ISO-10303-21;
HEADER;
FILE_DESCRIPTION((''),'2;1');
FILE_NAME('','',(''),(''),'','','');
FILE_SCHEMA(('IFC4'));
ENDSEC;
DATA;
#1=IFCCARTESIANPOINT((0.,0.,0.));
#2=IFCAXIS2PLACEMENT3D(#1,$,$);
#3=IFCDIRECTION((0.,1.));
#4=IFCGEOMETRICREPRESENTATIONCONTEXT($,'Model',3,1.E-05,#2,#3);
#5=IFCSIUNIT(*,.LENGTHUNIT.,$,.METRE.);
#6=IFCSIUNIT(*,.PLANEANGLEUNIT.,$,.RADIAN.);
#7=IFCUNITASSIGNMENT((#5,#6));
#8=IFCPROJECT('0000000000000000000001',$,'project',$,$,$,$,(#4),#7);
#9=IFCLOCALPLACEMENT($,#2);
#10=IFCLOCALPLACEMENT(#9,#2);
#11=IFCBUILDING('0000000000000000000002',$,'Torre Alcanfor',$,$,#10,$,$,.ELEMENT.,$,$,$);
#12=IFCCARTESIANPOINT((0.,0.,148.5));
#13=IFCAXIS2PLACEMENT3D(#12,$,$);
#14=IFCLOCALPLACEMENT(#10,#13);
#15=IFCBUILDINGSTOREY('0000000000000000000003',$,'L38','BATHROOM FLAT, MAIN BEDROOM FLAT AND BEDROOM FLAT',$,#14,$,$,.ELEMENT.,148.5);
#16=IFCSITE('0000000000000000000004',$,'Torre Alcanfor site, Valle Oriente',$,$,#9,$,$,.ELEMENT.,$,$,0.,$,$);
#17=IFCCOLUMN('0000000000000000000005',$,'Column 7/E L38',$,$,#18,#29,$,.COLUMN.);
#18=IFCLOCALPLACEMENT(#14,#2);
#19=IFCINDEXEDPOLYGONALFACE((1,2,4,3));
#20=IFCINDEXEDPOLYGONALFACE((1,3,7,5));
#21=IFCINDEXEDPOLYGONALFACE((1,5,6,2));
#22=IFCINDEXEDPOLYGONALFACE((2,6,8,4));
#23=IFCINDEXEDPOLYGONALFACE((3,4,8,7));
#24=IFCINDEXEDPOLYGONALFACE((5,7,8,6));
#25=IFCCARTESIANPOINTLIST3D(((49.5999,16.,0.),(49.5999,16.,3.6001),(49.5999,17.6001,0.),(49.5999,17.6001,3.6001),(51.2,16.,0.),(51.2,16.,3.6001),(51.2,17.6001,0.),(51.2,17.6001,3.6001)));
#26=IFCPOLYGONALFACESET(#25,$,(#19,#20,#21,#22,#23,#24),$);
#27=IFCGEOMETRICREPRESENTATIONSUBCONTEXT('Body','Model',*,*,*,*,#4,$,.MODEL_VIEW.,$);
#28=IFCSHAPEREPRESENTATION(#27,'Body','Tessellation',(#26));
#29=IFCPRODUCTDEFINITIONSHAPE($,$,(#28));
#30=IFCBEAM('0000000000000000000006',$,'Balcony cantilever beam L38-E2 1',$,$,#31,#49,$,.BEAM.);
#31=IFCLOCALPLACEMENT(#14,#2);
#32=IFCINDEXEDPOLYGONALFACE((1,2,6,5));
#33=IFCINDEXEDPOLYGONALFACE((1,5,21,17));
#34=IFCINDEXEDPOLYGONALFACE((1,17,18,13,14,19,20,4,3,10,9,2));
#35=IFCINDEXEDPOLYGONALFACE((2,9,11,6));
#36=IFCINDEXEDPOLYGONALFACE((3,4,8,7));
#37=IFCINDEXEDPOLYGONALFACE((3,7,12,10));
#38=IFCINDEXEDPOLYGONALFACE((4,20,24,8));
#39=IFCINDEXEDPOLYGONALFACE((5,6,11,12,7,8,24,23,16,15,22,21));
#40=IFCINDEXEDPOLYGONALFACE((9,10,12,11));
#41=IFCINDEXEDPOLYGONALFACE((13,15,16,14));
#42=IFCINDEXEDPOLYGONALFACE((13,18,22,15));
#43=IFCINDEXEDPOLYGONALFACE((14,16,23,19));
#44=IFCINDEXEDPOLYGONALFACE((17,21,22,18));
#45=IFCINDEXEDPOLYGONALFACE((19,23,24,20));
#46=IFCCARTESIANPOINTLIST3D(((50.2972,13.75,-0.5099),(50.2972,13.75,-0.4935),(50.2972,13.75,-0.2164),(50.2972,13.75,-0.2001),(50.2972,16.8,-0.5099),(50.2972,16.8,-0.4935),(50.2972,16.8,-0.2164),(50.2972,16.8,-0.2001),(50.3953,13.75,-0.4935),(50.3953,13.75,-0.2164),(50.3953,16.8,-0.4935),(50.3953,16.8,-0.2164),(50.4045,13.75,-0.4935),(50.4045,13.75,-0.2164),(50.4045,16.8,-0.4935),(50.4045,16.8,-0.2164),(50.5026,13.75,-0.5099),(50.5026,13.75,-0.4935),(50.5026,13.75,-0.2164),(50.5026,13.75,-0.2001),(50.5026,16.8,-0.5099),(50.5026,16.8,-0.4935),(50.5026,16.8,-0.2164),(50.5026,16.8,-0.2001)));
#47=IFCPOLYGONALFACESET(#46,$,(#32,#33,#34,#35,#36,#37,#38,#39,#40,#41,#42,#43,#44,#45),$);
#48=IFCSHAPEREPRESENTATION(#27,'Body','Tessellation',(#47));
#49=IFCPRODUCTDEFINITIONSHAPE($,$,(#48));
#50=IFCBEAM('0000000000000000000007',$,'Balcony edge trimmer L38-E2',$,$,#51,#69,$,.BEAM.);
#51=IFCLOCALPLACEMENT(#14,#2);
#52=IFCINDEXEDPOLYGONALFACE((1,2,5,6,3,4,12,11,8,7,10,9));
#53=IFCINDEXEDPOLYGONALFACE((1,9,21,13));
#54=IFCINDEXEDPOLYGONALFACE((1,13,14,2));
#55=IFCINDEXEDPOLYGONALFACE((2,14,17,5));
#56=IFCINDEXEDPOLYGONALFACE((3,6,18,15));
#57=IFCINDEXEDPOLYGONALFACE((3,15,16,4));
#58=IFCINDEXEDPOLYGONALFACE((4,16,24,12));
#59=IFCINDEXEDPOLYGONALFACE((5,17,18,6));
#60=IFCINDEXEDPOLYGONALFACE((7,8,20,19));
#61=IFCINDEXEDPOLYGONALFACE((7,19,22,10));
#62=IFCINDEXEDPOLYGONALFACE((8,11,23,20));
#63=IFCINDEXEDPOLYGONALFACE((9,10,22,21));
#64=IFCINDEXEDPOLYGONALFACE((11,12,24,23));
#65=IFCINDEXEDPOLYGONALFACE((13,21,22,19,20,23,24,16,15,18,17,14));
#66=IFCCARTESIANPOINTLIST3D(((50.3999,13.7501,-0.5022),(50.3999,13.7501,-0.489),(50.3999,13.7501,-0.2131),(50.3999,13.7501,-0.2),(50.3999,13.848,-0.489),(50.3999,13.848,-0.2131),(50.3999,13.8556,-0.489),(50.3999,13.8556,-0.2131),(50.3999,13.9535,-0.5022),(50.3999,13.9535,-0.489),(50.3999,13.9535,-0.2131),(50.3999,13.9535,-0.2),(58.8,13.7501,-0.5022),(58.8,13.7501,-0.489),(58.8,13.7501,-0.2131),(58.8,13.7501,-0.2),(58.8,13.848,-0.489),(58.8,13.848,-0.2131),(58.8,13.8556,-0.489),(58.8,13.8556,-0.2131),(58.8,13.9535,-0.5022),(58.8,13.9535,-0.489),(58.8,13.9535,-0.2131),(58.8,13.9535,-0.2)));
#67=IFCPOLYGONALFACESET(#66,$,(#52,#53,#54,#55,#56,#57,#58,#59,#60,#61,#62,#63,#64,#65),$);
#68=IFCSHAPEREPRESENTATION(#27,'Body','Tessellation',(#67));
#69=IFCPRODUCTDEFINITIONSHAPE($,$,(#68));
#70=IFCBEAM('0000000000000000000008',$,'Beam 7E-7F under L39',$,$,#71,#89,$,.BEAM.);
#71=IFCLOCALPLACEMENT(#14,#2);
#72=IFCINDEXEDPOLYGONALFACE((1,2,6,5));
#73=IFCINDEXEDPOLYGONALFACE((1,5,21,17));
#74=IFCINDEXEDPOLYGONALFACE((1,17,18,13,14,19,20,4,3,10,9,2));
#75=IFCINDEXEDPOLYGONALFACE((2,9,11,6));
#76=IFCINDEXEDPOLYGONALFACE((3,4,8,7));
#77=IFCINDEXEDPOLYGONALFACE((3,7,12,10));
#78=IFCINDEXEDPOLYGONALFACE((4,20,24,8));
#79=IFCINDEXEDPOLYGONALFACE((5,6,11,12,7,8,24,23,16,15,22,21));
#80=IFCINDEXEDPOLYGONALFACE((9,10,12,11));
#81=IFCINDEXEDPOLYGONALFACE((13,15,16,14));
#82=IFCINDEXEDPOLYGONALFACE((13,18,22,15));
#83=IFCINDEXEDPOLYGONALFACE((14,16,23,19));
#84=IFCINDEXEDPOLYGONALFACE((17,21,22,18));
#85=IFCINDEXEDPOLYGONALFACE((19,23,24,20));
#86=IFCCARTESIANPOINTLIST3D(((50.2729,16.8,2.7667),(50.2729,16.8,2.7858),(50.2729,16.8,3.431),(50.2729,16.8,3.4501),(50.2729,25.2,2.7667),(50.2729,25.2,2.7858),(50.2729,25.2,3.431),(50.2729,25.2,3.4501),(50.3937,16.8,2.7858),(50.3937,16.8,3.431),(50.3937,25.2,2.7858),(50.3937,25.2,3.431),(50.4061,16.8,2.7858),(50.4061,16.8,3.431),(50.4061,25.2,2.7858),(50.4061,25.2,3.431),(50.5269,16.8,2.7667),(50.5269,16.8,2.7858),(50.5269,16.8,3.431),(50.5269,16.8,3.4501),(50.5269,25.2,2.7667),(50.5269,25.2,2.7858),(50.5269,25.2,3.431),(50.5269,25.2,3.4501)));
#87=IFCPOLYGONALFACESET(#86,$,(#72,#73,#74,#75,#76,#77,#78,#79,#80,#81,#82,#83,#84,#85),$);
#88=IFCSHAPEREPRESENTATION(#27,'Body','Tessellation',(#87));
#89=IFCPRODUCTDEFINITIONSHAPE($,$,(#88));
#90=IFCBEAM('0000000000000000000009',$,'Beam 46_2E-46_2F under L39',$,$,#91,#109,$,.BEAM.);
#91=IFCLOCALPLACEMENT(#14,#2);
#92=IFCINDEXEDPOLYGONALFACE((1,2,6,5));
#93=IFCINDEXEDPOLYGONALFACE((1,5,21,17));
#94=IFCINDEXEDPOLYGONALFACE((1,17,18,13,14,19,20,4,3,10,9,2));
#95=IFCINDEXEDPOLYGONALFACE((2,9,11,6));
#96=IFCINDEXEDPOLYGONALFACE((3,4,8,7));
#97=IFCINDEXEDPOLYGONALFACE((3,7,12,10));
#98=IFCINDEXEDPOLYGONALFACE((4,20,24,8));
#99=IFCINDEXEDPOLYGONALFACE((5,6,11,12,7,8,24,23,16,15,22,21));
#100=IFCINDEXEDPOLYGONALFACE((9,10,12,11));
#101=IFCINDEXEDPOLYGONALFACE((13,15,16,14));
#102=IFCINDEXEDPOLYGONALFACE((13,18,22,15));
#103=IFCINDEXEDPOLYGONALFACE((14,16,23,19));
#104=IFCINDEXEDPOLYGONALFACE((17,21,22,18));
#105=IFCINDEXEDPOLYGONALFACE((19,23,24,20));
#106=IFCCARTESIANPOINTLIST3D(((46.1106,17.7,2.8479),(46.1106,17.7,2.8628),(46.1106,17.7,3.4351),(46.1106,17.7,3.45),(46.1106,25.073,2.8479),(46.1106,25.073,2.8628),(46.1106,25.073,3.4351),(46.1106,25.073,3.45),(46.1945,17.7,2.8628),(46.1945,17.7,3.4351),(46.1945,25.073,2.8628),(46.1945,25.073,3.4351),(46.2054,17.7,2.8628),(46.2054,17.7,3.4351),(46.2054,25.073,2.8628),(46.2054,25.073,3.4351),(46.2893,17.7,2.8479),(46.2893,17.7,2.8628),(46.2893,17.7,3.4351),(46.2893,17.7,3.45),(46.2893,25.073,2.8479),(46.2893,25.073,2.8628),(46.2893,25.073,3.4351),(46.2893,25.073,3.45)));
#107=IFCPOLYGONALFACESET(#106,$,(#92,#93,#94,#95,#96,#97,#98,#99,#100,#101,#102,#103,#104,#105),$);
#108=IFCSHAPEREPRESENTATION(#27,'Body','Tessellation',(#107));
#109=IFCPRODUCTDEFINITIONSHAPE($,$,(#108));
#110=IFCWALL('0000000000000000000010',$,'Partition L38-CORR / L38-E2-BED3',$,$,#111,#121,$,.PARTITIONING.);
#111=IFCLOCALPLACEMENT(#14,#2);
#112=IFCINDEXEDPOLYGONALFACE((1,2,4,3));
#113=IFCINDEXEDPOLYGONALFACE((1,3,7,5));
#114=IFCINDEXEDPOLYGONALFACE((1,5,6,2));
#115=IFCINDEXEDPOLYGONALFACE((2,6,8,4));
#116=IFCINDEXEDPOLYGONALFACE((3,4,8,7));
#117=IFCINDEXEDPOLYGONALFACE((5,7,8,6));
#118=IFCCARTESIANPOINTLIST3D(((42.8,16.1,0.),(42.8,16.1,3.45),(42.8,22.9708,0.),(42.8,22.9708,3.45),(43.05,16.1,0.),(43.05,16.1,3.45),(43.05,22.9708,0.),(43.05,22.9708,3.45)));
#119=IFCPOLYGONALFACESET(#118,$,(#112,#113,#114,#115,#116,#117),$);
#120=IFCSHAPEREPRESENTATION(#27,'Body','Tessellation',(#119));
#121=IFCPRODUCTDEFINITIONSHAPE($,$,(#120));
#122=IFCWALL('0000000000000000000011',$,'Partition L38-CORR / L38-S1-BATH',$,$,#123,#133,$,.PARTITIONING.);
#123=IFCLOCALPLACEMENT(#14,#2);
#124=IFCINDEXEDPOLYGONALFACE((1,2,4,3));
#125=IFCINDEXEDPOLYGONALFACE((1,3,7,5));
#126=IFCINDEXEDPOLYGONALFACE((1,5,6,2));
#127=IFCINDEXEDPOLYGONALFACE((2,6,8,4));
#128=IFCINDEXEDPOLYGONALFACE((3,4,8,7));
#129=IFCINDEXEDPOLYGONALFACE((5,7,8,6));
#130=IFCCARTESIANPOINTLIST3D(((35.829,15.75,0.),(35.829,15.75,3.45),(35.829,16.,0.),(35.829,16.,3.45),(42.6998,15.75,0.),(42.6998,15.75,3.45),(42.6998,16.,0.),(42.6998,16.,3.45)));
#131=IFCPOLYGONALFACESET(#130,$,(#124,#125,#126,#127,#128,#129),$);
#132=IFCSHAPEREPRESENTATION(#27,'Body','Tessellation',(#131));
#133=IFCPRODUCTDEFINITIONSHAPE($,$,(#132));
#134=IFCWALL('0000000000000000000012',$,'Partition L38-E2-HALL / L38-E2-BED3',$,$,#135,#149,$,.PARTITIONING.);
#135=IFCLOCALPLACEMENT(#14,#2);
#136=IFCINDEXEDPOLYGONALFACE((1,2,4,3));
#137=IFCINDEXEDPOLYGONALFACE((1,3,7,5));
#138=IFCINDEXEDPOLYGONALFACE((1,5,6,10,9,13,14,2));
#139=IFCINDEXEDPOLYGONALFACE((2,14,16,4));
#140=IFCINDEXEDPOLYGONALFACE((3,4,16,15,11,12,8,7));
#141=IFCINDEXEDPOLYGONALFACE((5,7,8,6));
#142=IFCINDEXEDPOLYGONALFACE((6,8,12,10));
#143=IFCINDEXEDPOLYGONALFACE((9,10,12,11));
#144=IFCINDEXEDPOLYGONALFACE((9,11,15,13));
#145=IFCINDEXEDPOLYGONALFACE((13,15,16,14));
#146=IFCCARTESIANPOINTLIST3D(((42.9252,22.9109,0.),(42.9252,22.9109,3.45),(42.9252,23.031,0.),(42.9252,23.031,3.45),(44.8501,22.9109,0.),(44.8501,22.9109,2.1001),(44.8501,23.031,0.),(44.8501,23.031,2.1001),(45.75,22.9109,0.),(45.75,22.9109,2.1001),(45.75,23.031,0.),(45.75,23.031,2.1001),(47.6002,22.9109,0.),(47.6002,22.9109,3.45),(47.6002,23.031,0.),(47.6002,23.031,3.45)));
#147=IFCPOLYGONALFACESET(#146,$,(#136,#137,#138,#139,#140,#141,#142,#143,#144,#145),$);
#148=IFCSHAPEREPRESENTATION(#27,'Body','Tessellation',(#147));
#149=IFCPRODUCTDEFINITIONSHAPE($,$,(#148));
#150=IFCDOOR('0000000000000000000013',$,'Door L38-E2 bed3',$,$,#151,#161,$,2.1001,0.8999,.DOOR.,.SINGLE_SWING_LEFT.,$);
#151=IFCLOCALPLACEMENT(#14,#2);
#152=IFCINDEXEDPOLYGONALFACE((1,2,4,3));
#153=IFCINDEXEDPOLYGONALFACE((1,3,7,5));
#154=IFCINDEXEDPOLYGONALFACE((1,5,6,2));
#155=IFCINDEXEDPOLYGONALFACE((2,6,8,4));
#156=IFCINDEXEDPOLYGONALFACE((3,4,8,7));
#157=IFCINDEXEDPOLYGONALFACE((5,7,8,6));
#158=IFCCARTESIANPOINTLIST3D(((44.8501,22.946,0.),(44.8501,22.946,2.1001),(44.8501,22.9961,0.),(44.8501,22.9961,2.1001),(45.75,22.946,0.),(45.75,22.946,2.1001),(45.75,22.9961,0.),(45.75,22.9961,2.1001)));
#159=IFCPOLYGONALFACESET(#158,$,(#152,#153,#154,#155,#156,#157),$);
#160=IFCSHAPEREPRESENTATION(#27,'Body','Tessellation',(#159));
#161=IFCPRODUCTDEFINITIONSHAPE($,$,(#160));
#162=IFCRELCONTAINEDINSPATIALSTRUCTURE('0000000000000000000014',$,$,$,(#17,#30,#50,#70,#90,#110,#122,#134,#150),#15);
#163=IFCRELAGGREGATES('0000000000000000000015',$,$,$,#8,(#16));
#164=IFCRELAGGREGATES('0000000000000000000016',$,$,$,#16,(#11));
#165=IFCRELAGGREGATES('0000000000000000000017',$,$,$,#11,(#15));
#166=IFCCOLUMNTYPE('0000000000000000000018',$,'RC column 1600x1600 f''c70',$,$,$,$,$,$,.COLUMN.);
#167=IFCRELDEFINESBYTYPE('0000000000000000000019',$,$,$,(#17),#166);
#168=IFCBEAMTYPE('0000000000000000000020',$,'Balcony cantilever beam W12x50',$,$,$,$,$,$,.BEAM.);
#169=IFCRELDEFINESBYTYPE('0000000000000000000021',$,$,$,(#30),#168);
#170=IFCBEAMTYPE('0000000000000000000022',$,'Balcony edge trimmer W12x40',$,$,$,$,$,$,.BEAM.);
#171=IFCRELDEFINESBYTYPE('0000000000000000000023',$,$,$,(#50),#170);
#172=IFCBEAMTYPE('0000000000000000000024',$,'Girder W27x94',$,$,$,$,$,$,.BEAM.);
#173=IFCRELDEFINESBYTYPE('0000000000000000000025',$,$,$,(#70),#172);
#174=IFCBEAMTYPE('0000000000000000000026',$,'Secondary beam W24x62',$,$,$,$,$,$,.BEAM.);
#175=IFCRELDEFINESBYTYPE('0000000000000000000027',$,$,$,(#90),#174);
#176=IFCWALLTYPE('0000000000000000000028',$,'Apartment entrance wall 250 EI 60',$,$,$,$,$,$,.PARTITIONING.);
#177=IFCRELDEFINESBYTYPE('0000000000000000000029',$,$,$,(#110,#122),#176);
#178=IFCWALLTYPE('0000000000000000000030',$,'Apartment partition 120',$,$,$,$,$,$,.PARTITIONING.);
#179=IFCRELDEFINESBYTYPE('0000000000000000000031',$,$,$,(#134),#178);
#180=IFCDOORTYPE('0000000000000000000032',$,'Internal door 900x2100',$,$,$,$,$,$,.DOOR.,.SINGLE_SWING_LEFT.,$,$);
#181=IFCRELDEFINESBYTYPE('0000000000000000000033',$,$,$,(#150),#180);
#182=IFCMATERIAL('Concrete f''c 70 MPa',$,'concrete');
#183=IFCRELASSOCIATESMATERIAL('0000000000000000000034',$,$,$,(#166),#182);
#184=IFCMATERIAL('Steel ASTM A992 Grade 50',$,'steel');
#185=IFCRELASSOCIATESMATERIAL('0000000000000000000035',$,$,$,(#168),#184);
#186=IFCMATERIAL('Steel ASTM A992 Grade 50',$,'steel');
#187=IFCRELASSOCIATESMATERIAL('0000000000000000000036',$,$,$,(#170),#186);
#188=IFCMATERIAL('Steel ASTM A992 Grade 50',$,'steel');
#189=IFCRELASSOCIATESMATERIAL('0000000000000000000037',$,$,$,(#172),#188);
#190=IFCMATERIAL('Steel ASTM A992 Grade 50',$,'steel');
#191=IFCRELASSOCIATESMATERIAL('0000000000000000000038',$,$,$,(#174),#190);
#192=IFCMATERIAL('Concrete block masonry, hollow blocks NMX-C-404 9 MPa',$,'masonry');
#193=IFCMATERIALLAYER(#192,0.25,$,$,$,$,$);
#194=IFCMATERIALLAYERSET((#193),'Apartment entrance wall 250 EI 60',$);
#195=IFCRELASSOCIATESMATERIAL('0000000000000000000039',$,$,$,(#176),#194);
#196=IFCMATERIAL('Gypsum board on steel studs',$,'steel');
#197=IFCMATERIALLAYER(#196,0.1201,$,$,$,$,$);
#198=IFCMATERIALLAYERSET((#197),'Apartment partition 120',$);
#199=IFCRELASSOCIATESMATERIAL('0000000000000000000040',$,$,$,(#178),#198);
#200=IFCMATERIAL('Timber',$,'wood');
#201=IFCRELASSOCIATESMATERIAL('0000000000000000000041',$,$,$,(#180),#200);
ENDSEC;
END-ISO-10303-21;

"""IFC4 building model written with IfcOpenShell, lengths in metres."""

from ifc_helpers import new_model, si_unit, direction, frame, frame_2d, origin, origin_2d, place, context, subcontext, project, spatial, rectangle, i_section, extrude, material, layer, layer_set, material_profile, profile_set, type_object, element, fill, save


model = new_model("IFC4")

# Units and contexts
model_context = context("Model", 3, precision=1e-05, world=origin(), true_north=direction((0.0, 1.0)))
body_context = subcontext(model_context, "Body", "Model", "MODEL_VIEW")
ifc_project = project(units=[si_unit("LENGTHUNIT", "METRE"), si_unit("PLANEANGLEUNIT", "RADIAN")], contexts=[model_context])

# Site, building, storey
site_placement = place(None, origin())
site = spatial("IfcSite", under=ifc_project, at=site_placement, Name="Torre Alcanfor site, Valle Oriente", CompositionType="ELEMENT", RefElevation=0.0)
building_placement = place(site_placement, origin())
building = spatial("IfcBuilding", under=site, at=building_placement, Name="Torre Alcanfor", CompositionType="ELEMENT")
storey_placement = place(building_placement, frame((0.0, 0.0, 148.5)))
storey = spatial("IfcBuildingStorey", under=building, at=storey_placement, Name="L38", Description="BATHROOM FLAT, MAIN BEDROOM FLAT AND BEDROOM FLAT", CompositionType="ELEMENT", Elevation=148.5)

# Column
ifc_material_1 = material(Name="Concrete f'c 70 MPa", Category="concrete")
ifc_material_profile_1 = material_profile(ifc_material_1, rectangle(XDim=1.6001, YDim=1.6001, at=origin_2d()), Name="1600x1600")
ifc_profile_set_1 = profile_set([ifc_material_profile_1], Name="Concrete f'c 70 MPa")
column_type = type_object("IfcColumnType", Name="RC column 1600x1600 f'c70", PredefinedType="COLUMN", material=ifc_profile_set_1)
column_placement = place(storey_placement, frame((50.3999, 16.8, 0.0), z_axis=(0.0, 0.0, 1.0), x_axis=(1.0, 0.0, 0.0)))
element("IfcColumn", 1, at=column_placement, inside=storey, type_object=column_type, Name="Column 7/E L38", PredefinedType="COLUMN", context=body_context, shape_type="SweptSolid", body=[
    extrude(rectangle(XDim=1.6001, YDim=1.6001, at=origin_2d()), origin(), (0.0, 0.0, 1.0), 3.6001),
])

# Beams
ifc_material_2 = material(Name="Steel ASTM A992 Grade 50", Category="steel")
ifc_material_profile_2 = material_profile(ifc_material_2, i_section(OverallWidth=0.2053, OverallDepth=0.3098, WebThickness=0.0093, FlangeThickness=0.0164, at=origin_2d()), Name="W12x50")
ifc_profile_set_2 = profile_set([ifc_material_profile_2], Name="Steel ASTM A992 Grade 50")
beam_type_1 = type_object("IfcBeamType", Name="Balcony cantilever beam W12x50", PredefinedType="BEAM", material=ifc_profile_set_2)
beam_1_placement = place(storey_placement, frame((50.3999, 16.8, -0.355), z_axis=(0.0, -1.0, 0.0), x_axis=(1.0, 0.0, 0.0)))
element("IfcBeam", 2, at=beam_1_placement, inside=storey, type_object=beam_type_1, Name="Balcony cantilever beam L38-E2 1", PredefinedType="BEAM", context=body_context, shape_type="SweptSolid", body=[
    extrude(i_section(OverallWidth=0.2053, OverallDepth=0.3098, WebThickness=0.0093, FlangeThickness=0.0164, at=origin_2d()), origin(), (0.0, 0.0, 1.0), 3.05),
])
ifc_material_3 = material(Name="Steel ASTM A992 Grade 50", Category="steel")
ifc_material_profile_3 = material_profile(ifc_material_3, i_section(OverallWidth=0.2034, OverallDepth=0.3022, WebThickness=0.0076, FlangeThickness=0.0132, at=origin_2d()), Name="W12x40")
ifc_profile_set_3 = profile_set([ifc_material_profile_3], Name="Steel ASTM A992 Grade 50")
beam_type_2 = type_object("IfcBeamType", Name="Balcony edge trimmer W12x40", PredefinedType="BEAM", material=ifc_profile_set_3)
beam_2_placement = place(storey_placement, frame((50.3999, 13.8518, -0.3511), z_axis=(1.0, 0.0, 0.0), x_axis=(0.0, 1.0, 0.0)))
element("IfcBeam", 3, at=beam_2_placement, inside=storey, type_object=beam_type_2, Name="Balcony edge trimmer L38-E2", PredefinedType="BEAM", context=body_context, shape_type="SweptSolid", body=[
    extrude(i_section(OverallWidth=0.2034, OverallDepth=0.3022, WebThickness=0.0076, FlangeThickness=0.0132, at=origin_2d()), origin(), (0.0, 0.0, 1.0), 8.4001),
])
ifc_material_4 = material(Name="Steel ASTM A992 Grade 50", Category="steel")
ifc_material_profile_4 = material_profile(ifc_material_4, i_section(OverallWidth=0.2539, OverallDepth=0.6833, WebThickness=0.0125, FlangeThickness=0.019, at=origin_2d()), Name="W27x94")
ifc_profile_set_4 = profile_set([ifc_material_profile_4], Name="Steel ASTM A992 Grade 50")
beam_type_3 = type_object("IfcBeamType", Name="Girder W27x94", PredefinedType="BEAM", material=ifc_profile_set_4)
beam_3_placement = place(storey_placement, frame((50.3999, 16.8, 3.1084), z_axis=(0.0, 1.0, 0.0), x_axis=(-1.0, 0.0, 0.0)))
element("IfcBeam", 4, at=beam_3_placement, inside=storey, type_object=beam_type_3, Name="Beam 7E-7F under L39", PredefinedType="BEAM", context=body_context, shape_type="SweptSolid", body=[
    extrude(i_section(OverallWidth=0.2539, OverallDepth=0.6833, WebThickness=0.0125, FlangeThickness=0.019, at=origin_2d()), origin(), (0.0, 0.0, 1.0), 8.3999),
])
ifc_material_5 = material(Name="Steel ASTM A992 Grade 50", Category="steel")
ifc_material_profile_5 = material_profile(ifc_material_5, i_section(OverallWidth=0.1787, OverallDepth=0.6021, WebThickness=0.011, FlangeThickness=0.0149, at=origin_2d()), Name="W24x62")
ifc_profile_set_5 = profile_set([ifc_material_profile_5], Name="Steel ASTM A992 Grade 50")
beam_type_4 = type_object("IfcBeamType", Name="Secondary beam W24x62", PredefinedType="BEAM", material=ifc_profile_set_5)
beam_4_placement = place(storey_placement, frame((46.2, 17.7, 3.1489), z_axis=(0.0, 1.0, 0.0), x_axis=(-1.0, 0.0, 0.0)))
element("IfcBeam", 5, at=beam_4_placement, inside=storey, type_object=beam_type_4, Name="Beam 46_2E-46_2F under L39", PredefinedType="BEAM", context=body_context, shape_type="SweptSolid", body=[
    extrude(i_section(OverallWidth=0.1787, OverallDepth=0.6021, WebThickness=0.011, FlangeThickness=0.0149, at=origin_2d()), origin(), (0.0, 0.0, 1.0), 7.373),
])

# Walls
ifc_material_6 = material(Name="Concrete block masonry, hollow blocks NMX-C-404 9 MPa", Category="masonry")
ifc_layer_1 = layer(ifc_material_6, 0.25)
ifc_layer_set_1 = layer_set([ifc_layer_1], Name="Apartment entrance wall 250 EI 60")
wall_type_1 = type_object("IfcWallType", Name="Apartment entrance wall 250 EI 60", PredefinedType="PARTITIONING", material=ifc_layer_set_1)
for number, where, z_axis, x_axis, name in (
    (6, (42.925, 22.9709, 0.0), (0.0, 0.0, 1.0), (0.0, -1.0, 0.0), "Partition L38-CORR / L38-E2-BED3"),
    (7, (42.7, 15.875, 0.0), (0.0, 0.0, 1.0), (-1.0, 0.0, 0.0), "Partition L38-CORR / L38-S1-BATH"),
):
    element("IfcWall", number, at=place(storey_placement, frame(where, z_axis=z_axis, x_axis=x_axis)), inside=storey, type_object=wall_type_1, Name=name, PredefinedType="PARTITIONING", context=body_context, shape_type="SweptSolid", body=[
        extrude(rectangle(XDim=6.8708, YDim=0.25, at=frame_2d((3.4355, 0.0))), origin(), (0.0, 0.0, 1.0), 3.45),
    ])

# Wall, opening, door
ifc_material_7 = material(Name="Gypsum board on steel studs", Category="steel")
ifc_layer_2 = layer(ifc_material_7, 0.1201)
ifc_layer_set_2 = layer_set([ifc_layer_2], Name="Apartment partition 120")
wall_type_2 = type_object("IfcWallType", Name="Apartment partition 120", PredefinedType="PARTITIONING", material=ifc_layer_set_2)
wall_1_placement = place(storey_placement, frame((47.6001, 22.9709, 0.0), z_axis=(0.0, 0.0, 1.0), x_axis=(-1.0, 0.0, 0.0)))
wall_1 = element("IfcWall", 8, at=wall_1_placement, inside=storey, type_object=wall_type_2, Name="Partition L38-E2-HALL / L38-E2-BED3", PredefinedType="PARTITIONING", context=body_context, shape_type="SweptSolid", body=[
    extrude(rectangle(XDim=4.675, YDim=0.1201, at=frame_2d((2.3374, 0.0))), origin(), (0.0, 0.0, 1.0), 3.45),
])
opening_1_placement = place(wall_1_placement, frame((1.8501, 0.0, 0.0)))
opening_1 = element("IfcOpeningElement", 9, at=opening_1_placement, cuts=wall_1, PredefinedType="OPENING", context=body_context, shape_type="SweptSolid", body=[
    extrude(rectangle(XDim=0.8999, YDim=2.1001, at=frame_2d((0.45, 1.05))), frame((0.0, 0.0701, 0.0), z_axis=(0.0, -1.0, 0.0), x_axis=(1.0, 0.0, 0.0)), (0.0, 0.0, 1.0), 0.1401),
])
ifc_material_8 = material(Name="Timber", Category="wood")
door_type_1 = type_object("IfcDoorType", Name="Internal door 900x2100", OperationType="SINGLE_SWING_LEFT", PredefinedType="DOOR", material=ifc_material_8)
door_1_placement = place(opening_1_placement, origin())
door_1 = element("IfcDoor", 10, at=door_1_placement, inside=storey, type_object=door_type_1, Name="Door L38-E2 bed3", OperationType="SINGLE_SWING_LEFT", OverallHeight=2.1001, OverallWidth=0.8999, PredefinedType="DOOR", context=body_context, shape_type="SweptSolid", body=[
    extrude(rectangle(XDim=0.8999, YDim=2.1001, at=frame_2d((0.45, 1.05))), frame((0.0, 0.0249, 0.0), z_axis=(0.0, -1.0, 0.0), x_axis=(1.0, 0.0, 0.0)), (0.0, 0.0, 1.0), 0.05),
])
fill(opening_1, door_1)

save(model, "model.ifc")
